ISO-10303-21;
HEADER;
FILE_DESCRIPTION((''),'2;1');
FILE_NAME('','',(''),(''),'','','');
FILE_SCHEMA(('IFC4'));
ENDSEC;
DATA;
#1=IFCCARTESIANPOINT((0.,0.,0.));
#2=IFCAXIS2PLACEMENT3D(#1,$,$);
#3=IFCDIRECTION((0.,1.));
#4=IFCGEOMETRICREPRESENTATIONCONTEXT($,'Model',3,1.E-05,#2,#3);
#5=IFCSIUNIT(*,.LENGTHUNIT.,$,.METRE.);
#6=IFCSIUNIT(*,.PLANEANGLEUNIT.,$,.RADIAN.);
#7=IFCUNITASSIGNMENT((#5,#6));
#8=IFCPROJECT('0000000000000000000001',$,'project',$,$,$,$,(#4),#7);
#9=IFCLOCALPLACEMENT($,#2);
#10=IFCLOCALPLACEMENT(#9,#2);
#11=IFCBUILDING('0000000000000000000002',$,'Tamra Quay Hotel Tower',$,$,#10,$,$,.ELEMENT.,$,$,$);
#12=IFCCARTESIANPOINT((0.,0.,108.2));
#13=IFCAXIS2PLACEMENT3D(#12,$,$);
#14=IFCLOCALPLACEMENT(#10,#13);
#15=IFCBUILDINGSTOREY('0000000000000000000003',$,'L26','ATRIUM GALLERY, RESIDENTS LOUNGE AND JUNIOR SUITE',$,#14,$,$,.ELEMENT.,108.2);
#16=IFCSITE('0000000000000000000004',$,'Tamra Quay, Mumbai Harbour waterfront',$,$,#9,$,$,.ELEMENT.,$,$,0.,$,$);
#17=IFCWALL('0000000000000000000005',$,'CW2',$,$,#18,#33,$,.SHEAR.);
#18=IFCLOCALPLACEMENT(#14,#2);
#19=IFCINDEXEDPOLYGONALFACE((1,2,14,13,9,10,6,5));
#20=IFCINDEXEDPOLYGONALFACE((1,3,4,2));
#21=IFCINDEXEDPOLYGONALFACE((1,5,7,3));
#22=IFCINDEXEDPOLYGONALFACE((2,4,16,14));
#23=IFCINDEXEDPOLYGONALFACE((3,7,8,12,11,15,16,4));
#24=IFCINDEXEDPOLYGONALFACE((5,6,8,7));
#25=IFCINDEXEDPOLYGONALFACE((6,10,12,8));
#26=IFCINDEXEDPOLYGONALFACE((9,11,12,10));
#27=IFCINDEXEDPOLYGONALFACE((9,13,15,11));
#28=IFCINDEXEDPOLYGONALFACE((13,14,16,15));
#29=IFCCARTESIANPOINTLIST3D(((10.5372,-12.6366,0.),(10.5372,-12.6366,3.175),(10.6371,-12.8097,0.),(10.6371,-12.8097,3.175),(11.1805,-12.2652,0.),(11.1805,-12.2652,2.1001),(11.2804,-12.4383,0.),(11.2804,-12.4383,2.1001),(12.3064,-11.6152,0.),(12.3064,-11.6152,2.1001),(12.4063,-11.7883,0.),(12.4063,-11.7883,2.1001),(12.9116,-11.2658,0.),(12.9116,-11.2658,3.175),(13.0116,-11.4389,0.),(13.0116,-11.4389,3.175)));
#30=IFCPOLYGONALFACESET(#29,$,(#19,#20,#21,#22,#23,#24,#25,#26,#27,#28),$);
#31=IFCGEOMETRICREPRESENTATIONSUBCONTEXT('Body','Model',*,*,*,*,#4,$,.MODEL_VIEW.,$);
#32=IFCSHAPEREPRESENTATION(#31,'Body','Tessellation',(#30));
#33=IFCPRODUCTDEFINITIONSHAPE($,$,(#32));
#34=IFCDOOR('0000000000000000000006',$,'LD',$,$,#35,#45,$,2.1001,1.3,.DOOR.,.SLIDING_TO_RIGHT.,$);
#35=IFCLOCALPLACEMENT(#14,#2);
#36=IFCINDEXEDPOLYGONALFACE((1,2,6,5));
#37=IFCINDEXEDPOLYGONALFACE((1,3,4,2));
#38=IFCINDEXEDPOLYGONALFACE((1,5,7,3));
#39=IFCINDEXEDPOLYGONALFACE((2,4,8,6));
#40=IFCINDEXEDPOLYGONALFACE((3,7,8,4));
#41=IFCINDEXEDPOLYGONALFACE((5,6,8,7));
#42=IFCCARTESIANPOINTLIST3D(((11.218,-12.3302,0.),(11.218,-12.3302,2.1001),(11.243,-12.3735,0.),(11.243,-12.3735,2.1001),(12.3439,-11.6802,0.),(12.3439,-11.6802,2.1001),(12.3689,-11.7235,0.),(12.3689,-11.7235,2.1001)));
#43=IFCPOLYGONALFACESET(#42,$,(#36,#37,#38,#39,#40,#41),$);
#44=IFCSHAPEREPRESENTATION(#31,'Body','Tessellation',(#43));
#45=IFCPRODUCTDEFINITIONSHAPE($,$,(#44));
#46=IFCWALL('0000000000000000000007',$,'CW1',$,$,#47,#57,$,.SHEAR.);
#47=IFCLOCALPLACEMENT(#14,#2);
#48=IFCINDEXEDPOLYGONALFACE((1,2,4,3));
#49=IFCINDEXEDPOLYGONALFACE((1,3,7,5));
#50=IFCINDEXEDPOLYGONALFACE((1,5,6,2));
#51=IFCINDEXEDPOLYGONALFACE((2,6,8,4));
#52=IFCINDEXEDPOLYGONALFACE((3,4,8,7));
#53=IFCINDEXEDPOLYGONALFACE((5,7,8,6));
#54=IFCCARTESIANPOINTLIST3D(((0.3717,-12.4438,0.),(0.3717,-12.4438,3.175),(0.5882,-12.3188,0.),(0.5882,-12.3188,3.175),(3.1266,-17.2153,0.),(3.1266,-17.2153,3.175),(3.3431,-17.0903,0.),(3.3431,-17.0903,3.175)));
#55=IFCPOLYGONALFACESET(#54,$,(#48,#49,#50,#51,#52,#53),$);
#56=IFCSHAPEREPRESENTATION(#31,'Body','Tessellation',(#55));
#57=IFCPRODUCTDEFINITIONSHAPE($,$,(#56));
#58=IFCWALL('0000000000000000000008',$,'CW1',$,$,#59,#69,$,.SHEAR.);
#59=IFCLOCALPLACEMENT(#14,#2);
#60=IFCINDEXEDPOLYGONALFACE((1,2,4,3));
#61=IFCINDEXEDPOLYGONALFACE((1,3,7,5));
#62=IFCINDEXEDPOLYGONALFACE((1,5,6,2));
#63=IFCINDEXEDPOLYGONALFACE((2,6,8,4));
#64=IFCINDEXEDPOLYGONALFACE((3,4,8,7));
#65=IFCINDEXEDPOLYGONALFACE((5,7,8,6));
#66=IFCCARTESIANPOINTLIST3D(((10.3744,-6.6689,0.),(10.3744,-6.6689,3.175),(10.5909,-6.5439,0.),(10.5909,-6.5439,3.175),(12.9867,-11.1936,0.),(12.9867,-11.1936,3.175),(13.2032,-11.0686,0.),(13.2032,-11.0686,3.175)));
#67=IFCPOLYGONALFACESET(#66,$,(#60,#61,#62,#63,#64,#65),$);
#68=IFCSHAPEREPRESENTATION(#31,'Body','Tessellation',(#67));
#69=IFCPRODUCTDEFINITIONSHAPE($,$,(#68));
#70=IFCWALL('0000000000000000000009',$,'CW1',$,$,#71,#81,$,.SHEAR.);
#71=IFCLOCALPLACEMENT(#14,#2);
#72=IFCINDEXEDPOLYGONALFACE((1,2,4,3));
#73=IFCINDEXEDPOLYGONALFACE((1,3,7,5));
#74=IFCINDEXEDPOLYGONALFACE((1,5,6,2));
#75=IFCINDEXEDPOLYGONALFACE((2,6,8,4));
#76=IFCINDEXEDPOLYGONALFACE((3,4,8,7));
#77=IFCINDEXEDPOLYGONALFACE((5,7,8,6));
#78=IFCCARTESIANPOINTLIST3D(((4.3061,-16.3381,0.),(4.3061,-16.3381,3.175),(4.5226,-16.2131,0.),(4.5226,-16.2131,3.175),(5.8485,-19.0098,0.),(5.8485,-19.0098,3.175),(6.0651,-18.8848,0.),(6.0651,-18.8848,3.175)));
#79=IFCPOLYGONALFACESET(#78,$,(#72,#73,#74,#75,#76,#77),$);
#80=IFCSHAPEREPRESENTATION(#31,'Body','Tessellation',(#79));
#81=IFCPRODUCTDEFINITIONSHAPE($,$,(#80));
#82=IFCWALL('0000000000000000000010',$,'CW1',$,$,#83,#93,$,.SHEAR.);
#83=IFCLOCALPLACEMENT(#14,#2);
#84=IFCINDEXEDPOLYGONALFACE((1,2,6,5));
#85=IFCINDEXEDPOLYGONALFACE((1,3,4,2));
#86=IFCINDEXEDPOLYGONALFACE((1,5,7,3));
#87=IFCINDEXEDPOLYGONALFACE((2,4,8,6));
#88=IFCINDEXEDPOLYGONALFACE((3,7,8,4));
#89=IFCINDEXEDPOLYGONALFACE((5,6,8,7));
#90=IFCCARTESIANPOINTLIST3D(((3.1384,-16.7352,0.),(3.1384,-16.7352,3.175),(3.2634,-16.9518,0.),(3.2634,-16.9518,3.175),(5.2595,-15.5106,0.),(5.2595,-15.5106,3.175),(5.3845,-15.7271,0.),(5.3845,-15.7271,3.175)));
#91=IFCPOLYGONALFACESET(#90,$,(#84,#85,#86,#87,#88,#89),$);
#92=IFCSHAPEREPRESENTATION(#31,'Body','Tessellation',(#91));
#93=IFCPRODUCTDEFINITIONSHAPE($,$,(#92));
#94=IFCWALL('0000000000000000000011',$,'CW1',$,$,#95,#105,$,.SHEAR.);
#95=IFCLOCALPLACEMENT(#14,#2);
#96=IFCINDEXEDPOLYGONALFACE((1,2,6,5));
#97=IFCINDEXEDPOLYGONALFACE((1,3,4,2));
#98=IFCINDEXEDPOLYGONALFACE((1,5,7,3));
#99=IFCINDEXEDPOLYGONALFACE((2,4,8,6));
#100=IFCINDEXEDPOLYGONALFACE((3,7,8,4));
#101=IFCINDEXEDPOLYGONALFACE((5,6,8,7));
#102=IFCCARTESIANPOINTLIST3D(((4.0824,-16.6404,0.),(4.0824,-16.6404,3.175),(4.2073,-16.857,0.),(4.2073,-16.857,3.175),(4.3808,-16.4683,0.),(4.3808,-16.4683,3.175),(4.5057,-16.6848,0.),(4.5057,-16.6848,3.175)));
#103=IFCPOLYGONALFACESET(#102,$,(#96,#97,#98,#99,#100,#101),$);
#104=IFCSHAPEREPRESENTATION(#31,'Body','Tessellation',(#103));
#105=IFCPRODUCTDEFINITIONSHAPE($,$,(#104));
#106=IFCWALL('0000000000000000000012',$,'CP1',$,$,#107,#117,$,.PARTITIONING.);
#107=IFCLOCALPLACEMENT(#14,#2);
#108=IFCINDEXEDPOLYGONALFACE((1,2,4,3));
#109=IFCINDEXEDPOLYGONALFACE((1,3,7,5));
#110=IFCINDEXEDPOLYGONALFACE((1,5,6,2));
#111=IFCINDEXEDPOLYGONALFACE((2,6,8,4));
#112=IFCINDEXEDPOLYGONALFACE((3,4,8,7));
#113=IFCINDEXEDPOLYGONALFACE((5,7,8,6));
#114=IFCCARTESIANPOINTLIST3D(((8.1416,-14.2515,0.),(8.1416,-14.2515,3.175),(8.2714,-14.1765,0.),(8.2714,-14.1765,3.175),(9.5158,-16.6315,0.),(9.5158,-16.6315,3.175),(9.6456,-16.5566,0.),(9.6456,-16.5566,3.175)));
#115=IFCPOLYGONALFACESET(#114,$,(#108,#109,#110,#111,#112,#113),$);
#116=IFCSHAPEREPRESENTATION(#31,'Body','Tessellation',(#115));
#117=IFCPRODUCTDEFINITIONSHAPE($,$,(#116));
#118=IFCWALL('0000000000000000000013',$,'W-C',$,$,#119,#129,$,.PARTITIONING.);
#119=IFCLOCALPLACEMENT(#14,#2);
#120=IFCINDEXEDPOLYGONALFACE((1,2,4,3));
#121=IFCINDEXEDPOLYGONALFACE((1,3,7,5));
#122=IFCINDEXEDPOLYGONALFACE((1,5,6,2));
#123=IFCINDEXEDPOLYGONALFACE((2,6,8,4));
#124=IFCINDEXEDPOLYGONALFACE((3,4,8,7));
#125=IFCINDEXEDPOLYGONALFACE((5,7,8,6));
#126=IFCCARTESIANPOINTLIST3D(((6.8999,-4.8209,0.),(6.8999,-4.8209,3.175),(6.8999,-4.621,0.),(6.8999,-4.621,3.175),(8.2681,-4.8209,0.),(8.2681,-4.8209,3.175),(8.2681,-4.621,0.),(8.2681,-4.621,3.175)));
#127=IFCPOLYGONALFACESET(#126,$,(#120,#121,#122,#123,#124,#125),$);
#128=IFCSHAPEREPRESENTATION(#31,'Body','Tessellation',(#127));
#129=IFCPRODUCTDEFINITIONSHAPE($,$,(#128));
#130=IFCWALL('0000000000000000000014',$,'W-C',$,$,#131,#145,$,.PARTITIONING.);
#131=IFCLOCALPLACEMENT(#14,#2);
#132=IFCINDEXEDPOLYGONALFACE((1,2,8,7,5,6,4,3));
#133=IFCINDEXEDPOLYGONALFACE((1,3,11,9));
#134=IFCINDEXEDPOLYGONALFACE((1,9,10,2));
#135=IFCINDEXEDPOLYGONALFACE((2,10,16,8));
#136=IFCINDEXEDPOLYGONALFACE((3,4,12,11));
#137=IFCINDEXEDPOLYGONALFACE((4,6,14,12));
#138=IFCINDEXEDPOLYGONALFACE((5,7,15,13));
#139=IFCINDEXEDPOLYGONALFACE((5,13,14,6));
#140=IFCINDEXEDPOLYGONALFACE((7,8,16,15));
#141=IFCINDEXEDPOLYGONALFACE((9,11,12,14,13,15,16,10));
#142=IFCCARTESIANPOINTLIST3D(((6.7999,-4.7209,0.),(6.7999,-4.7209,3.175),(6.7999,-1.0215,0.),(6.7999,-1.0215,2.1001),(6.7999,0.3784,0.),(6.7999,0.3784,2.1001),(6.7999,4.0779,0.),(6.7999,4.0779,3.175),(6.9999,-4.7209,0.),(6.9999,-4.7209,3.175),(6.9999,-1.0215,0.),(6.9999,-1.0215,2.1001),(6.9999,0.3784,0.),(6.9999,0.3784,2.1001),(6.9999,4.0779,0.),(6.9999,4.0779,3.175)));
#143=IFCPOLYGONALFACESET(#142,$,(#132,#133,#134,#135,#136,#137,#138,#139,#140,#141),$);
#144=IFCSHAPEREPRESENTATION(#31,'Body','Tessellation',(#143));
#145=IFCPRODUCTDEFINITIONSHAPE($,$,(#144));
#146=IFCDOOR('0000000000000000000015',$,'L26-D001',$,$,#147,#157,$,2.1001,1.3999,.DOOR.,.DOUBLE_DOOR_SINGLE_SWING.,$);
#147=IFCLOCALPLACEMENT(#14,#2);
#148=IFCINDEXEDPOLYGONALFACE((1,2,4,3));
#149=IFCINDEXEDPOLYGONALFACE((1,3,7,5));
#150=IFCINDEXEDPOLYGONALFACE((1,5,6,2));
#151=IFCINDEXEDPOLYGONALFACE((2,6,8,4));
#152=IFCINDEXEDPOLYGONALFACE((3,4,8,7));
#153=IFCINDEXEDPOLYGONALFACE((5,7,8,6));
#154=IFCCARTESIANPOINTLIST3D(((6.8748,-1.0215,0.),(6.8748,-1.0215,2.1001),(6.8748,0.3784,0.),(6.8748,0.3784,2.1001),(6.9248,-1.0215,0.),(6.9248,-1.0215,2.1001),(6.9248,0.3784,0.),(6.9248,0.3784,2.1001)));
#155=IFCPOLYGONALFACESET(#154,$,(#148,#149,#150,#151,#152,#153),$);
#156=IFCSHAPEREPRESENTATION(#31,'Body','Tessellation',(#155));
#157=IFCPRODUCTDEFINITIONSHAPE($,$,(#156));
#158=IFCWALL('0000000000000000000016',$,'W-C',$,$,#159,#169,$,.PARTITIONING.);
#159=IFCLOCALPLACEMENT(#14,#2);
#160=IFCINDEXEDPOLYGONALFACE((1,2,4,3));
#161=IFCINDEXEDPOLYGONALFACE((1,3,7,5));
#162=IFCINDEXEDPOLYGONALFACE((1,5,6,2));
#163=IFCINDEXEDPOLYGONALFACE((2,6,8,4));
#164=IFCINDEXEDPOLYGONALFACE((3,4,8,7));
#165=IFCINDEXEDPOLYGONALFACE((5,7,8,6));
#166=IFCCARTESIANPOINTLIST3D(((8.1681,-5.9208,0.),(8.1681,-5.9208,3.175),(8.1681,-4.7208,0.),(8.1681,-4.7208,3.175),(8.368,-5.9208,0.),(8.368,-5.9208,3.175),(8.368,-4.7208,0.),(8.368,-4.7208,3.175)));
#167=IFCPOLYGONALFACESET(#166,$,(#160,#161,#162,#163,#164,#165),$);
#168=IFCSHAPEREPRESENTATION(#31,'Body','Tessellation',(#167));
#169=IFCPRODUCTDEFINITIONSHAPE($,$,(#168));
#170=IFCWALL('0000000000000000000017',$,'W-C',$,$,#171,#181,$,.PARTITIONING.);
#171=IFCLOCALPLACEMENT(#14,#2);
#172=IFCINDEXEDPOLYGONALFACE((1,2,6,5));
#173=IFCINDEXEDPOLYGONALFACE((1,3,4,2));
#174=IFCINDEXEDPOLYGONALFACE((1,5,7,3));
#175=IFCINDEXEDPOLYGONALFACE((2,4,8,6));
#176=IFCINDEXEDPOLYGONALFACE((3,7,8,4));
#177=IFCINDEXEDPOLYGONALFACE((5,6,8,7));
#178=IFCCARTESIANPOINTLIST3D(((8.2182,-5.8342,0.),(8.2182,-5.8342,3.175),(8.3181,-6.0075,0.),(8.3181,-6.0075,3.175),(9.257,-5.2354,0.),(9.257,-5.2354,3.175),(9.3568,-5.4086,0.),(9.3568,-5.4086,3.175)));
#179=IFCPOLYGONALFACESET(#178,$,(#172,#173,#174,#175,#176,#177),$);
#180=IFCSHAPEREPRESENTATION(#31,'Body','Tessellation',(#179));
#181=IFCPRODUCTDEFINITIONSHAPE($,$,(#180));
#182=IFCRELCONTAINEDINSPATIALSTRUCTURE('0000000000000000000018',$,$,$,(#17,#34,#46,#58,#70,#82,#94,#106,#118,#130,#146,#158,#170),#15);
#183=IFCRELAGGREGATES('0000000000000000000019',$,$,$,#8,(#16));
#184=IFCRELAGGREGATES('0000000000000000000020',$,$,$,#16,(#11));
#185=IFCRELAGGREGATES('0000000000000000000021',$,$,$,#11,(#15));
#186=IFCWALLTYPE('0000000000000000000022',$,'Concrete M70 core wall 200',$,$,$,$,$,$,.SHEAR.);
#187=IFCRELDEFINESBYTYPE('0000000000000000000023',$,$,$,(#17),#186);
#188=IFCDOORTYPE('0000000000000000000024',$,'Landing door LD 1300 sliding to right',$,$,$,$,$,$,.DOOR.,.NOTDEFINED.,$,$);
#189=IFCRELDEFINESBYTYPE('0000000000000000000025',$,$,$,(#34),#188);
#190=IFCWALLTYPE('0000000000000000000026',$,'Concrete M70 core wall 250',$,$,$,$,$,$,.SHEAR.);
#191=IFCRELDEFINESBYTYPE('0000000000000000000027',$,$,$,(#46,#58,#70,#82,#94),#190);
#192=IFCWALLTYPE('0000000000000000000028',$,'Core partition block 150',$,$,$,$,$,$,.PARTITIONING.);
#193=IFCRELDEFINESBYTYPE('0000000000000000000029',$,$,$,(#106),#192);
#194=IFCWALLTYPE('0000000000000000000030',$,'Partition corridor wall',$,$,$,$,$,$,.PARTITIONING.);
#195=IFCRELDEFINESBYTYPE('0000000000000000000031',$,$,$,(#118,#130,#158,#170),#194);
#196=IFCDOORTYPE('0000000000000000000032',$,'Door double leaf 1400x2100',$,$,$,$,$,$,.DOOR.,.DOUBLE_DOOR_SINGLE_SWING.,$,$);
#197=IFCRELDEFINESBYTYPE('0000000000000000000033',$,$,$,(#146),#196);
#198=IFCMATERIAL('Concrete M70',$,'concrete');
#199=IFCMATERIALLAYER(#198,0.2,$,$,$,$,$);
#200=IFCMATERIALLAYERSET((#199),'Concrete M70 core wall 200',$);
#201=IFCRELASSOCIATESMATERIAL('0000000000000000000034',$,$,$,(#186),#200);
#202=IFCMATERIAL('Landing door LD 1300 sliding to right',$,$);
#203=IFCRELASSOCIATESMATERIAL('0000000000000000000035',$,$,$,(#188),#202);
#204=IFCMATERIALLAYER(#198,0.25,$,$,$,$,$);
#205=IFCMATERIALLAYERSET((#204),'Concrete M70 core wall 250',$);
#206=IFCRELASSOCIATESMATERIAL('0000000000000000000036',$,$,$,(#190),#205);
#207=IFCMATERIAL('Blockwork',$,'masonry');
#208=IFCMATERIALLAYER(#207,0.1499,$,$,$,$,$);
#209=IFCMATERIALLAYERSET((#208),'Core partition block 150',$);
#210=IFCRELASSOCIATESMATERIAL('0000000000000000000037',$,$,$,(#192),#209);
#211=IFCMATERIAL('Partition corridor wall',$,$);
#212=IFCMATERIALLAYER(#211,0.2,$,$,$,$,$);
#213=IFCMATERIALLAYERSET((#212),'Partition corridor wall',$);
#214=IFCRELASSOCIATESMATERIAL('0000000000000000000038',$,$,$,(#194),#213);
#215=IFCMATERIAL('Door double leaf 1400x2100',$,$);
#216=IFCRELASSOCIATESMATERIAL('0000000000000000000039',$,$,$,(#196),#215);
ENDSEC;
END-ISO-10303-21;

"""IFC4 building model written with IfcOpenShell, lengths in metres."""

from ifc_helpers import new_model, si_unit, direction, frame, frame_2d, origin, place, context, subcontext, project, spatial, rectangle, extrude, material, layer, layer_set, type_object, element, fill, save


model = new_model("IFC4")

# Units and contexts
model_context = context("Model", 3, precision=1e-05, world=origin(), true_north=direction((0.0, 1.0)))
body_context = subcontext(model_context, "Body", "Model", "MODEL_VIEW")
ifc_project = project(units=[si_unit("LENGTHUNIT", "METRE"), si_unit("PLANEANGLEUNIT", "RADIAN")], contexts=[model_context])

# Site, building, storey
site_placement = place(None, origin())
site = spatial("IfcSite", under=ifc_project, at=site_placement, Name="Tamra Quay, Mumbai Harbour waterfront", CompositionType="ELEMENT", RefElevation=0.0)
building_placement = place(site_placement, origin())
building = spatial("IfcBuilding", under=site, at=building_placement, Name="Tamra Quay Hotel Tower", CompositionType="ELEMENT")
storey_placement = place(building_placement, frame((0.0, 0.0, 108.2)))
storey = spatial("IfcBuildingStorey", under=building, at=storey_placement, Name="L26", Description="ATRIUM GALLERY, RESIDENTS LOUNGE AND JUNIOR SUITE", CompositionType="ELEMENT", Elevation=108.2)

# Shared definitions
ifc_material_1 = material(Name="Concrete M70", Category="concrete")
ifc_layer_1 = layer(ifc_material_1, 0.2)
ifc_layer_set_1 = layer_set([ifc_layer_1], Name="Concrete M70 core wall 200")
wall_type_1 = type_object("IfcWallType", Name="Concrete M70 core wall 200", PredefinedType="SHEAR", material=ifc_layer_set_1)

# Wall, opening, door
wall_1_placement = place(storey_placement, frame((10.5872, -12.7231, 0.0), z_axis=(0.0, 0.0, 1.0), x_axis=(0.866037, 0.499979, 0.0)))
wall_1 = element("IfcWall", 1, at=wall_1_placement, inside=storey, type_object=wall_type_1, Name="CW2", PredefinedType="SHEAR", context=body_context, shape_type="SweptSolid", body=[
    extrude(rectangle(XDim=2.7417, YDim=0.2, at=frame_2d((1.3708, 0.0))), origin(), (0.0, 0.0, 1.0), 3.175),
])
opening_1_placement = place(wall_1_placement, frame((0.7429, 0.0, 0.0)))
opening_1 = element("IfcOpeningElement", 2, at=opening_1_placement, cuts=wall_1, PredefinedType="OPENING", context=body_context, shape_type="SweptSolid", body=[
    extrude(rectangle(XDim=1.3, YDim=2.1001, at=frame_2d((0.6499, 1.05))), frame((0.0, 0.1099, 0.0), z_axis=(0.0, -1.0, 0.0), x_axis=(1.0, 0.0, 0.0)), (0.0, 0.0, 1.0), 0.22),
])
ifc_material_2 = material(Name="Landing door LD 1300 sliding to right")
door_type_1 = type_object("IfcDoorType", Name="Landing door LD 1300 sliding to right", OperationType="NOTDEFINED", PredefinedType="DOOR", material=ifc_material_2)
door_1_placement = place(opening_1_placement, origin())
door_1 = element("IfcDoor", 3, at=door_1_placement, inside=storey, type_object=door_type_1, Name="LD", OperationType="SLIDING_TO_RIGHT", OverallHeight=2.1001, OverallWidth=1.3, PredefinedType="DOOR", context=body_context, shape_type="SweptSolid", body=[
    extrude(rectangle(XDim=1.3, YDim=2.1001, at=frame_2d((0.6499, 1.05))), frame((0.0, 0.0249, 0.0), z_axis=(0.0, -1.0, 0.0), x_axis=(1.0, 0.0, 0.0)), (0.0, 0.0, 1.0), 0.05),
])
fill(opening_1, door_1)

# Walls
ifc_layer_2 = layer(ifc_material_1, 0.25)
ifc_layer_set_2 = layer_set([ifc_layer_2], Name="Concrete M70 core wall 250")
wall_type_2 = type_object("IfcWallType", Name="Concrete M70 core wall 250", PredefinedType="SHEAR", material=ifc_layer_set_2)
wall_2_placement = place(storey_placement, frame((3.2349, -17.1528, 0.0), z_axis=(0.0, 0.0, 1.0), x_axis=(-0.500009, 0.86602, 0.0)))
element("IfcWall", 4, at=wall_2_placement, inside=storey, type_object=wall_type_2, Name="CW1", PredefinedType="SHEAR", context=body_context, shape_type="SweptSolid", body=[
    extrude(rectangle(XDim=5.5098, YDim=0.25, at=frame_2d((2.7549, 0.0))), origin(), (0.0, 0.0, 1.0), 3.175),
])
wall_3_placement = place(storey_placement, frame((10.4827, -6.6064, 0.0), z_axis=(0.0, 0.0, 1.0), x_axis=(0.499999, -0.866026, 0.0)))
element("IfcWall", 5, at=wall_3_placement, inside=storey, type_object=wall_type_2, Name="CW1", PredefinedType="SHEAR", context=body_context, shape_type="SweptSolid", body=[
    extrude(rectangle(XDim=5.2246, YDim=0.25, at=frame_2d((2.6123, 0.0))), origin(), (0.0, 0.0, 1.0), 3.175),
])
wall_4_placement = place(storey_placement, frame((4.4143, -16.2756, 0.0), z_axis=(0.0, 0.0, 1.0), x_axis=(0.500003, -0.866023, 0.0)))
element("IfcWall", 6, at=wall_4_placement, inside=storey, type_object=wall_type_2, Name="CW1", PredefinedType="SHEAR", context=body_context, shape_type="SweptSolid", body=[
    extrude(rectangle(XDim=3.085, YDim=0.25, at=frame_2d((1.5425, 0.0))), origin(), (0.0, 0.0, 1.0), 3.175),
])
wall_5_placement = place(storey_placement, frame((5.322, -15.6189, 0.0), z_axis=(0.0, 0.0, 1.0), x_axis=(-0.866026, -0.499999, 0.0)))
element("IfcWall", 7, at=wall_5_placement, inside=storey, type_object=wall_type_2, Name="CW1", PredefinedType="SHEAR", context=body_context, shape_type="SweptSolid", body=[
    extrude(rectangle(XDim=2.4492, YDim=0.25, at=frame_2d((1.2246, 0.0))), origin(), (0.0, 0.0, 1.0), 3.175),
])
wall_6_placement = place(storey_placement, frame((4.1448, -16.7488, 0.0), z_axis=(0.0, 0.0, 1.0), x_axis=(0.866186, 0.499722, 0.0)))
element("IfcWall", 8, at=wall_6_placement, inside=storey, type_object=wall_type_2, Name="CW1", PredefinedType="SHEAR", context=body_context, shape_type="SweptSolid", body=[
    extrude(rectangle(XDim=0.3445, YDim=0.25, at=frame_2d((0.1724, 0.0))), origin(), (0.0, 0.0, 1.0), 3.175),
])
ifc_material_3 = material(Name="Blockwork", Category="masonry")
ifc_layer_3 = layer(ifc_material_3, 0.1499)
ifc_layer_set_3 = layer_set([ifc_layer_3], Name="Core partition block 150")
wall_type_3 = type_object("IfcWallType", Name="Core partition block 150", PredefinedType="PARTITIONING", material=ifc_layer_set_3)
wall_7_placement = place(storey_placement, frame((8.2065, -14.2141, 0.0), z_axis=(0.0, 0.0, 1.0), x_axis=(0.500027, -0.86601, 0.0)))
element("IfcWall", 9, at=wall_7_placement, inside=storey, type_object=wall_type_3, Name="CP1", PredefinedType="PARTITIONING", context=body_context, shape_type="SweptSolid", body=[
    extrude(rectangle(XDim=2.7483, YDim=0.1499, at=frame_2d((1.374, 0.0))), origin(), (0.0, 0.0, 1.0), 3.175),
])
ifc_material_4 = material(Name="Partition corridor wall")
ifc_layer_4 = layer(ifc_material_4, 0.2)
ifc_layer_set_4 = layer_set([ifc_layer_4], Name="Partition corridor wall")
wall_type_4 = type_object("IfcWallType", Name="Partition corridor wall", PredefinedType="PARTITIONING", material=ifc_layer_set_4)
wall_8_placement = place(storey_placement, frame((6.8999, -4.7209, 0.0), z_axis=(0.0, 0.0, 1.0), x_axis=(1.0, 0.0, 0.0)))
element("IfcWall", 10, at=wall_8_placement, inside=storey, type_object=wall_type_4, Name="W-C", PredefinedType="PARTITIONING", context=body_context, shape_type="SweptSolid", body=[
    extrude(rectangle(XDim=1.3682, YDim=0.2, at=frame_2d((0.6841, 0.0))), origin(), (0.0, 0.0, 1.0), 3.175),
])

# Wall, opening, door
wall_9_placement = place(storey_placement, frame((6.8999, -4.7209, 0.0), z_axis=(0.0, 0.0, 1.0), x_axis=(0.0, 1.0, 0.0)))
wall_9 = element("IfcWall", 11, at=wall_9_placement, inside=storey, type_object=wall_type_4, Name="W-C", PredefinedType="PARTITIONING", context=body_context, shape_type="SweptSolid", body=[
    extrude(rectangle(XDim=8.7988, YDim=0.2, at=frame_2d((4.3994, 0.0))), origin(), (0.0, 0.0, 1.0), 3.175),
])
opening_2_placement = place(wall_9_placement, frame((3.6995, 0.0, 0.0)))
opening_2 = element("IfcOpeningElement", 12, at=opening_2_placement, cuts=wall_9, PredefinedType="OPENING", context=body_context, shape_type="SweptSolid", body=[
    extrude(rectangle(XDim=1.3999, YDim=2.1001, at=frame_2d((0.7, 1.05))), frame((0.0, 0.1099, 0.0), z_axis=(0.0, -1.0, 0.0), x_axis=(1.0, 0.0, 0.0)), (0.0, 0.0, 1.0), 0.22),
])
ifc_material_5 = material(Name="Door double leaf 1400x2100")
door_type_2 = type_object("IfcDoorType", Name="Door double leaf 1400x2100", OperationType="DOUBLE_DOOR_SINGLE_SWING", PredefinedType="DOOR", material=ifc_material_5)
door_2_placement = place(opening_2_placement, frame((1.3999, 0.0, 0.0), z_axis=(0.0, 0.0, 1.0), x_axis=(-1.0, 0.0, 0.0)))
door_2 = element("IfcDoor", 13, at=door_2_placement, inside=storey, type_object=door_type_2, Name="L26-D001", OperationType="DOUBLE_DOOR_SINGLE_SWING", OverallHeight=2.1001, OverallWidth=1.3999, PredefinedType="DOOR", context=body_context, shape_type="SweptSolid", body=[
    extrude(rectangle(XDim=1.3999, YDim=2.1001, at=frame_2d((0.7, 1.05))), frame((0.0, 0.0249, 0.0), z_axis=(0.0, -1.0, 0.0), x_axis=(1.0, 0.0, 0.0)), (0.0, 0.0, 1.0), 0.05),
])
fill(opening_2, door_2)

# Walls
wall_10_placement = place(storey_placement, frame((8.2681, -5.9209, 0.0), z_axis=(0.0, 0.0, 1.0), x_axis=(0.0, 1.0, 0.0)))
element("IfcWall", 14, at=wall_10_placement, inside=storey, type_object=wall_type_4, Name="W-C", PredefinedType="PARTITIONING", context=body_context, shape_type="SweptSolid", body=[
    extrude(rectangle(XDim=1.2, YDim=0.2, at=frame_2d((0.6001, 0.0))), origin(), (0.0, 0.0, 1.0), 3.175),
])
wall_11_placement = place(storey_placement, frame((8.2681, -5.9209, 0.0), z_axis=(0.0, 0.0, 1.0), x_axis=(0.866345, 0.499446, 0.0)))
element("IfcWall", 15, at=wall_11_placement, inside=storey, type_object=wall_type_4, Name="W-C", PredefinedType="PARTITIONING", context=body_context, shape_type="SweptSolid", body=[
    extrude(rectangle(XDim=1.199, YDim=0.2, at=frame_2d((0.5996, 0.0))), origin(), (0.0, 0.0, 1.0), 3.175),
])

save(model, "model.ifc")
